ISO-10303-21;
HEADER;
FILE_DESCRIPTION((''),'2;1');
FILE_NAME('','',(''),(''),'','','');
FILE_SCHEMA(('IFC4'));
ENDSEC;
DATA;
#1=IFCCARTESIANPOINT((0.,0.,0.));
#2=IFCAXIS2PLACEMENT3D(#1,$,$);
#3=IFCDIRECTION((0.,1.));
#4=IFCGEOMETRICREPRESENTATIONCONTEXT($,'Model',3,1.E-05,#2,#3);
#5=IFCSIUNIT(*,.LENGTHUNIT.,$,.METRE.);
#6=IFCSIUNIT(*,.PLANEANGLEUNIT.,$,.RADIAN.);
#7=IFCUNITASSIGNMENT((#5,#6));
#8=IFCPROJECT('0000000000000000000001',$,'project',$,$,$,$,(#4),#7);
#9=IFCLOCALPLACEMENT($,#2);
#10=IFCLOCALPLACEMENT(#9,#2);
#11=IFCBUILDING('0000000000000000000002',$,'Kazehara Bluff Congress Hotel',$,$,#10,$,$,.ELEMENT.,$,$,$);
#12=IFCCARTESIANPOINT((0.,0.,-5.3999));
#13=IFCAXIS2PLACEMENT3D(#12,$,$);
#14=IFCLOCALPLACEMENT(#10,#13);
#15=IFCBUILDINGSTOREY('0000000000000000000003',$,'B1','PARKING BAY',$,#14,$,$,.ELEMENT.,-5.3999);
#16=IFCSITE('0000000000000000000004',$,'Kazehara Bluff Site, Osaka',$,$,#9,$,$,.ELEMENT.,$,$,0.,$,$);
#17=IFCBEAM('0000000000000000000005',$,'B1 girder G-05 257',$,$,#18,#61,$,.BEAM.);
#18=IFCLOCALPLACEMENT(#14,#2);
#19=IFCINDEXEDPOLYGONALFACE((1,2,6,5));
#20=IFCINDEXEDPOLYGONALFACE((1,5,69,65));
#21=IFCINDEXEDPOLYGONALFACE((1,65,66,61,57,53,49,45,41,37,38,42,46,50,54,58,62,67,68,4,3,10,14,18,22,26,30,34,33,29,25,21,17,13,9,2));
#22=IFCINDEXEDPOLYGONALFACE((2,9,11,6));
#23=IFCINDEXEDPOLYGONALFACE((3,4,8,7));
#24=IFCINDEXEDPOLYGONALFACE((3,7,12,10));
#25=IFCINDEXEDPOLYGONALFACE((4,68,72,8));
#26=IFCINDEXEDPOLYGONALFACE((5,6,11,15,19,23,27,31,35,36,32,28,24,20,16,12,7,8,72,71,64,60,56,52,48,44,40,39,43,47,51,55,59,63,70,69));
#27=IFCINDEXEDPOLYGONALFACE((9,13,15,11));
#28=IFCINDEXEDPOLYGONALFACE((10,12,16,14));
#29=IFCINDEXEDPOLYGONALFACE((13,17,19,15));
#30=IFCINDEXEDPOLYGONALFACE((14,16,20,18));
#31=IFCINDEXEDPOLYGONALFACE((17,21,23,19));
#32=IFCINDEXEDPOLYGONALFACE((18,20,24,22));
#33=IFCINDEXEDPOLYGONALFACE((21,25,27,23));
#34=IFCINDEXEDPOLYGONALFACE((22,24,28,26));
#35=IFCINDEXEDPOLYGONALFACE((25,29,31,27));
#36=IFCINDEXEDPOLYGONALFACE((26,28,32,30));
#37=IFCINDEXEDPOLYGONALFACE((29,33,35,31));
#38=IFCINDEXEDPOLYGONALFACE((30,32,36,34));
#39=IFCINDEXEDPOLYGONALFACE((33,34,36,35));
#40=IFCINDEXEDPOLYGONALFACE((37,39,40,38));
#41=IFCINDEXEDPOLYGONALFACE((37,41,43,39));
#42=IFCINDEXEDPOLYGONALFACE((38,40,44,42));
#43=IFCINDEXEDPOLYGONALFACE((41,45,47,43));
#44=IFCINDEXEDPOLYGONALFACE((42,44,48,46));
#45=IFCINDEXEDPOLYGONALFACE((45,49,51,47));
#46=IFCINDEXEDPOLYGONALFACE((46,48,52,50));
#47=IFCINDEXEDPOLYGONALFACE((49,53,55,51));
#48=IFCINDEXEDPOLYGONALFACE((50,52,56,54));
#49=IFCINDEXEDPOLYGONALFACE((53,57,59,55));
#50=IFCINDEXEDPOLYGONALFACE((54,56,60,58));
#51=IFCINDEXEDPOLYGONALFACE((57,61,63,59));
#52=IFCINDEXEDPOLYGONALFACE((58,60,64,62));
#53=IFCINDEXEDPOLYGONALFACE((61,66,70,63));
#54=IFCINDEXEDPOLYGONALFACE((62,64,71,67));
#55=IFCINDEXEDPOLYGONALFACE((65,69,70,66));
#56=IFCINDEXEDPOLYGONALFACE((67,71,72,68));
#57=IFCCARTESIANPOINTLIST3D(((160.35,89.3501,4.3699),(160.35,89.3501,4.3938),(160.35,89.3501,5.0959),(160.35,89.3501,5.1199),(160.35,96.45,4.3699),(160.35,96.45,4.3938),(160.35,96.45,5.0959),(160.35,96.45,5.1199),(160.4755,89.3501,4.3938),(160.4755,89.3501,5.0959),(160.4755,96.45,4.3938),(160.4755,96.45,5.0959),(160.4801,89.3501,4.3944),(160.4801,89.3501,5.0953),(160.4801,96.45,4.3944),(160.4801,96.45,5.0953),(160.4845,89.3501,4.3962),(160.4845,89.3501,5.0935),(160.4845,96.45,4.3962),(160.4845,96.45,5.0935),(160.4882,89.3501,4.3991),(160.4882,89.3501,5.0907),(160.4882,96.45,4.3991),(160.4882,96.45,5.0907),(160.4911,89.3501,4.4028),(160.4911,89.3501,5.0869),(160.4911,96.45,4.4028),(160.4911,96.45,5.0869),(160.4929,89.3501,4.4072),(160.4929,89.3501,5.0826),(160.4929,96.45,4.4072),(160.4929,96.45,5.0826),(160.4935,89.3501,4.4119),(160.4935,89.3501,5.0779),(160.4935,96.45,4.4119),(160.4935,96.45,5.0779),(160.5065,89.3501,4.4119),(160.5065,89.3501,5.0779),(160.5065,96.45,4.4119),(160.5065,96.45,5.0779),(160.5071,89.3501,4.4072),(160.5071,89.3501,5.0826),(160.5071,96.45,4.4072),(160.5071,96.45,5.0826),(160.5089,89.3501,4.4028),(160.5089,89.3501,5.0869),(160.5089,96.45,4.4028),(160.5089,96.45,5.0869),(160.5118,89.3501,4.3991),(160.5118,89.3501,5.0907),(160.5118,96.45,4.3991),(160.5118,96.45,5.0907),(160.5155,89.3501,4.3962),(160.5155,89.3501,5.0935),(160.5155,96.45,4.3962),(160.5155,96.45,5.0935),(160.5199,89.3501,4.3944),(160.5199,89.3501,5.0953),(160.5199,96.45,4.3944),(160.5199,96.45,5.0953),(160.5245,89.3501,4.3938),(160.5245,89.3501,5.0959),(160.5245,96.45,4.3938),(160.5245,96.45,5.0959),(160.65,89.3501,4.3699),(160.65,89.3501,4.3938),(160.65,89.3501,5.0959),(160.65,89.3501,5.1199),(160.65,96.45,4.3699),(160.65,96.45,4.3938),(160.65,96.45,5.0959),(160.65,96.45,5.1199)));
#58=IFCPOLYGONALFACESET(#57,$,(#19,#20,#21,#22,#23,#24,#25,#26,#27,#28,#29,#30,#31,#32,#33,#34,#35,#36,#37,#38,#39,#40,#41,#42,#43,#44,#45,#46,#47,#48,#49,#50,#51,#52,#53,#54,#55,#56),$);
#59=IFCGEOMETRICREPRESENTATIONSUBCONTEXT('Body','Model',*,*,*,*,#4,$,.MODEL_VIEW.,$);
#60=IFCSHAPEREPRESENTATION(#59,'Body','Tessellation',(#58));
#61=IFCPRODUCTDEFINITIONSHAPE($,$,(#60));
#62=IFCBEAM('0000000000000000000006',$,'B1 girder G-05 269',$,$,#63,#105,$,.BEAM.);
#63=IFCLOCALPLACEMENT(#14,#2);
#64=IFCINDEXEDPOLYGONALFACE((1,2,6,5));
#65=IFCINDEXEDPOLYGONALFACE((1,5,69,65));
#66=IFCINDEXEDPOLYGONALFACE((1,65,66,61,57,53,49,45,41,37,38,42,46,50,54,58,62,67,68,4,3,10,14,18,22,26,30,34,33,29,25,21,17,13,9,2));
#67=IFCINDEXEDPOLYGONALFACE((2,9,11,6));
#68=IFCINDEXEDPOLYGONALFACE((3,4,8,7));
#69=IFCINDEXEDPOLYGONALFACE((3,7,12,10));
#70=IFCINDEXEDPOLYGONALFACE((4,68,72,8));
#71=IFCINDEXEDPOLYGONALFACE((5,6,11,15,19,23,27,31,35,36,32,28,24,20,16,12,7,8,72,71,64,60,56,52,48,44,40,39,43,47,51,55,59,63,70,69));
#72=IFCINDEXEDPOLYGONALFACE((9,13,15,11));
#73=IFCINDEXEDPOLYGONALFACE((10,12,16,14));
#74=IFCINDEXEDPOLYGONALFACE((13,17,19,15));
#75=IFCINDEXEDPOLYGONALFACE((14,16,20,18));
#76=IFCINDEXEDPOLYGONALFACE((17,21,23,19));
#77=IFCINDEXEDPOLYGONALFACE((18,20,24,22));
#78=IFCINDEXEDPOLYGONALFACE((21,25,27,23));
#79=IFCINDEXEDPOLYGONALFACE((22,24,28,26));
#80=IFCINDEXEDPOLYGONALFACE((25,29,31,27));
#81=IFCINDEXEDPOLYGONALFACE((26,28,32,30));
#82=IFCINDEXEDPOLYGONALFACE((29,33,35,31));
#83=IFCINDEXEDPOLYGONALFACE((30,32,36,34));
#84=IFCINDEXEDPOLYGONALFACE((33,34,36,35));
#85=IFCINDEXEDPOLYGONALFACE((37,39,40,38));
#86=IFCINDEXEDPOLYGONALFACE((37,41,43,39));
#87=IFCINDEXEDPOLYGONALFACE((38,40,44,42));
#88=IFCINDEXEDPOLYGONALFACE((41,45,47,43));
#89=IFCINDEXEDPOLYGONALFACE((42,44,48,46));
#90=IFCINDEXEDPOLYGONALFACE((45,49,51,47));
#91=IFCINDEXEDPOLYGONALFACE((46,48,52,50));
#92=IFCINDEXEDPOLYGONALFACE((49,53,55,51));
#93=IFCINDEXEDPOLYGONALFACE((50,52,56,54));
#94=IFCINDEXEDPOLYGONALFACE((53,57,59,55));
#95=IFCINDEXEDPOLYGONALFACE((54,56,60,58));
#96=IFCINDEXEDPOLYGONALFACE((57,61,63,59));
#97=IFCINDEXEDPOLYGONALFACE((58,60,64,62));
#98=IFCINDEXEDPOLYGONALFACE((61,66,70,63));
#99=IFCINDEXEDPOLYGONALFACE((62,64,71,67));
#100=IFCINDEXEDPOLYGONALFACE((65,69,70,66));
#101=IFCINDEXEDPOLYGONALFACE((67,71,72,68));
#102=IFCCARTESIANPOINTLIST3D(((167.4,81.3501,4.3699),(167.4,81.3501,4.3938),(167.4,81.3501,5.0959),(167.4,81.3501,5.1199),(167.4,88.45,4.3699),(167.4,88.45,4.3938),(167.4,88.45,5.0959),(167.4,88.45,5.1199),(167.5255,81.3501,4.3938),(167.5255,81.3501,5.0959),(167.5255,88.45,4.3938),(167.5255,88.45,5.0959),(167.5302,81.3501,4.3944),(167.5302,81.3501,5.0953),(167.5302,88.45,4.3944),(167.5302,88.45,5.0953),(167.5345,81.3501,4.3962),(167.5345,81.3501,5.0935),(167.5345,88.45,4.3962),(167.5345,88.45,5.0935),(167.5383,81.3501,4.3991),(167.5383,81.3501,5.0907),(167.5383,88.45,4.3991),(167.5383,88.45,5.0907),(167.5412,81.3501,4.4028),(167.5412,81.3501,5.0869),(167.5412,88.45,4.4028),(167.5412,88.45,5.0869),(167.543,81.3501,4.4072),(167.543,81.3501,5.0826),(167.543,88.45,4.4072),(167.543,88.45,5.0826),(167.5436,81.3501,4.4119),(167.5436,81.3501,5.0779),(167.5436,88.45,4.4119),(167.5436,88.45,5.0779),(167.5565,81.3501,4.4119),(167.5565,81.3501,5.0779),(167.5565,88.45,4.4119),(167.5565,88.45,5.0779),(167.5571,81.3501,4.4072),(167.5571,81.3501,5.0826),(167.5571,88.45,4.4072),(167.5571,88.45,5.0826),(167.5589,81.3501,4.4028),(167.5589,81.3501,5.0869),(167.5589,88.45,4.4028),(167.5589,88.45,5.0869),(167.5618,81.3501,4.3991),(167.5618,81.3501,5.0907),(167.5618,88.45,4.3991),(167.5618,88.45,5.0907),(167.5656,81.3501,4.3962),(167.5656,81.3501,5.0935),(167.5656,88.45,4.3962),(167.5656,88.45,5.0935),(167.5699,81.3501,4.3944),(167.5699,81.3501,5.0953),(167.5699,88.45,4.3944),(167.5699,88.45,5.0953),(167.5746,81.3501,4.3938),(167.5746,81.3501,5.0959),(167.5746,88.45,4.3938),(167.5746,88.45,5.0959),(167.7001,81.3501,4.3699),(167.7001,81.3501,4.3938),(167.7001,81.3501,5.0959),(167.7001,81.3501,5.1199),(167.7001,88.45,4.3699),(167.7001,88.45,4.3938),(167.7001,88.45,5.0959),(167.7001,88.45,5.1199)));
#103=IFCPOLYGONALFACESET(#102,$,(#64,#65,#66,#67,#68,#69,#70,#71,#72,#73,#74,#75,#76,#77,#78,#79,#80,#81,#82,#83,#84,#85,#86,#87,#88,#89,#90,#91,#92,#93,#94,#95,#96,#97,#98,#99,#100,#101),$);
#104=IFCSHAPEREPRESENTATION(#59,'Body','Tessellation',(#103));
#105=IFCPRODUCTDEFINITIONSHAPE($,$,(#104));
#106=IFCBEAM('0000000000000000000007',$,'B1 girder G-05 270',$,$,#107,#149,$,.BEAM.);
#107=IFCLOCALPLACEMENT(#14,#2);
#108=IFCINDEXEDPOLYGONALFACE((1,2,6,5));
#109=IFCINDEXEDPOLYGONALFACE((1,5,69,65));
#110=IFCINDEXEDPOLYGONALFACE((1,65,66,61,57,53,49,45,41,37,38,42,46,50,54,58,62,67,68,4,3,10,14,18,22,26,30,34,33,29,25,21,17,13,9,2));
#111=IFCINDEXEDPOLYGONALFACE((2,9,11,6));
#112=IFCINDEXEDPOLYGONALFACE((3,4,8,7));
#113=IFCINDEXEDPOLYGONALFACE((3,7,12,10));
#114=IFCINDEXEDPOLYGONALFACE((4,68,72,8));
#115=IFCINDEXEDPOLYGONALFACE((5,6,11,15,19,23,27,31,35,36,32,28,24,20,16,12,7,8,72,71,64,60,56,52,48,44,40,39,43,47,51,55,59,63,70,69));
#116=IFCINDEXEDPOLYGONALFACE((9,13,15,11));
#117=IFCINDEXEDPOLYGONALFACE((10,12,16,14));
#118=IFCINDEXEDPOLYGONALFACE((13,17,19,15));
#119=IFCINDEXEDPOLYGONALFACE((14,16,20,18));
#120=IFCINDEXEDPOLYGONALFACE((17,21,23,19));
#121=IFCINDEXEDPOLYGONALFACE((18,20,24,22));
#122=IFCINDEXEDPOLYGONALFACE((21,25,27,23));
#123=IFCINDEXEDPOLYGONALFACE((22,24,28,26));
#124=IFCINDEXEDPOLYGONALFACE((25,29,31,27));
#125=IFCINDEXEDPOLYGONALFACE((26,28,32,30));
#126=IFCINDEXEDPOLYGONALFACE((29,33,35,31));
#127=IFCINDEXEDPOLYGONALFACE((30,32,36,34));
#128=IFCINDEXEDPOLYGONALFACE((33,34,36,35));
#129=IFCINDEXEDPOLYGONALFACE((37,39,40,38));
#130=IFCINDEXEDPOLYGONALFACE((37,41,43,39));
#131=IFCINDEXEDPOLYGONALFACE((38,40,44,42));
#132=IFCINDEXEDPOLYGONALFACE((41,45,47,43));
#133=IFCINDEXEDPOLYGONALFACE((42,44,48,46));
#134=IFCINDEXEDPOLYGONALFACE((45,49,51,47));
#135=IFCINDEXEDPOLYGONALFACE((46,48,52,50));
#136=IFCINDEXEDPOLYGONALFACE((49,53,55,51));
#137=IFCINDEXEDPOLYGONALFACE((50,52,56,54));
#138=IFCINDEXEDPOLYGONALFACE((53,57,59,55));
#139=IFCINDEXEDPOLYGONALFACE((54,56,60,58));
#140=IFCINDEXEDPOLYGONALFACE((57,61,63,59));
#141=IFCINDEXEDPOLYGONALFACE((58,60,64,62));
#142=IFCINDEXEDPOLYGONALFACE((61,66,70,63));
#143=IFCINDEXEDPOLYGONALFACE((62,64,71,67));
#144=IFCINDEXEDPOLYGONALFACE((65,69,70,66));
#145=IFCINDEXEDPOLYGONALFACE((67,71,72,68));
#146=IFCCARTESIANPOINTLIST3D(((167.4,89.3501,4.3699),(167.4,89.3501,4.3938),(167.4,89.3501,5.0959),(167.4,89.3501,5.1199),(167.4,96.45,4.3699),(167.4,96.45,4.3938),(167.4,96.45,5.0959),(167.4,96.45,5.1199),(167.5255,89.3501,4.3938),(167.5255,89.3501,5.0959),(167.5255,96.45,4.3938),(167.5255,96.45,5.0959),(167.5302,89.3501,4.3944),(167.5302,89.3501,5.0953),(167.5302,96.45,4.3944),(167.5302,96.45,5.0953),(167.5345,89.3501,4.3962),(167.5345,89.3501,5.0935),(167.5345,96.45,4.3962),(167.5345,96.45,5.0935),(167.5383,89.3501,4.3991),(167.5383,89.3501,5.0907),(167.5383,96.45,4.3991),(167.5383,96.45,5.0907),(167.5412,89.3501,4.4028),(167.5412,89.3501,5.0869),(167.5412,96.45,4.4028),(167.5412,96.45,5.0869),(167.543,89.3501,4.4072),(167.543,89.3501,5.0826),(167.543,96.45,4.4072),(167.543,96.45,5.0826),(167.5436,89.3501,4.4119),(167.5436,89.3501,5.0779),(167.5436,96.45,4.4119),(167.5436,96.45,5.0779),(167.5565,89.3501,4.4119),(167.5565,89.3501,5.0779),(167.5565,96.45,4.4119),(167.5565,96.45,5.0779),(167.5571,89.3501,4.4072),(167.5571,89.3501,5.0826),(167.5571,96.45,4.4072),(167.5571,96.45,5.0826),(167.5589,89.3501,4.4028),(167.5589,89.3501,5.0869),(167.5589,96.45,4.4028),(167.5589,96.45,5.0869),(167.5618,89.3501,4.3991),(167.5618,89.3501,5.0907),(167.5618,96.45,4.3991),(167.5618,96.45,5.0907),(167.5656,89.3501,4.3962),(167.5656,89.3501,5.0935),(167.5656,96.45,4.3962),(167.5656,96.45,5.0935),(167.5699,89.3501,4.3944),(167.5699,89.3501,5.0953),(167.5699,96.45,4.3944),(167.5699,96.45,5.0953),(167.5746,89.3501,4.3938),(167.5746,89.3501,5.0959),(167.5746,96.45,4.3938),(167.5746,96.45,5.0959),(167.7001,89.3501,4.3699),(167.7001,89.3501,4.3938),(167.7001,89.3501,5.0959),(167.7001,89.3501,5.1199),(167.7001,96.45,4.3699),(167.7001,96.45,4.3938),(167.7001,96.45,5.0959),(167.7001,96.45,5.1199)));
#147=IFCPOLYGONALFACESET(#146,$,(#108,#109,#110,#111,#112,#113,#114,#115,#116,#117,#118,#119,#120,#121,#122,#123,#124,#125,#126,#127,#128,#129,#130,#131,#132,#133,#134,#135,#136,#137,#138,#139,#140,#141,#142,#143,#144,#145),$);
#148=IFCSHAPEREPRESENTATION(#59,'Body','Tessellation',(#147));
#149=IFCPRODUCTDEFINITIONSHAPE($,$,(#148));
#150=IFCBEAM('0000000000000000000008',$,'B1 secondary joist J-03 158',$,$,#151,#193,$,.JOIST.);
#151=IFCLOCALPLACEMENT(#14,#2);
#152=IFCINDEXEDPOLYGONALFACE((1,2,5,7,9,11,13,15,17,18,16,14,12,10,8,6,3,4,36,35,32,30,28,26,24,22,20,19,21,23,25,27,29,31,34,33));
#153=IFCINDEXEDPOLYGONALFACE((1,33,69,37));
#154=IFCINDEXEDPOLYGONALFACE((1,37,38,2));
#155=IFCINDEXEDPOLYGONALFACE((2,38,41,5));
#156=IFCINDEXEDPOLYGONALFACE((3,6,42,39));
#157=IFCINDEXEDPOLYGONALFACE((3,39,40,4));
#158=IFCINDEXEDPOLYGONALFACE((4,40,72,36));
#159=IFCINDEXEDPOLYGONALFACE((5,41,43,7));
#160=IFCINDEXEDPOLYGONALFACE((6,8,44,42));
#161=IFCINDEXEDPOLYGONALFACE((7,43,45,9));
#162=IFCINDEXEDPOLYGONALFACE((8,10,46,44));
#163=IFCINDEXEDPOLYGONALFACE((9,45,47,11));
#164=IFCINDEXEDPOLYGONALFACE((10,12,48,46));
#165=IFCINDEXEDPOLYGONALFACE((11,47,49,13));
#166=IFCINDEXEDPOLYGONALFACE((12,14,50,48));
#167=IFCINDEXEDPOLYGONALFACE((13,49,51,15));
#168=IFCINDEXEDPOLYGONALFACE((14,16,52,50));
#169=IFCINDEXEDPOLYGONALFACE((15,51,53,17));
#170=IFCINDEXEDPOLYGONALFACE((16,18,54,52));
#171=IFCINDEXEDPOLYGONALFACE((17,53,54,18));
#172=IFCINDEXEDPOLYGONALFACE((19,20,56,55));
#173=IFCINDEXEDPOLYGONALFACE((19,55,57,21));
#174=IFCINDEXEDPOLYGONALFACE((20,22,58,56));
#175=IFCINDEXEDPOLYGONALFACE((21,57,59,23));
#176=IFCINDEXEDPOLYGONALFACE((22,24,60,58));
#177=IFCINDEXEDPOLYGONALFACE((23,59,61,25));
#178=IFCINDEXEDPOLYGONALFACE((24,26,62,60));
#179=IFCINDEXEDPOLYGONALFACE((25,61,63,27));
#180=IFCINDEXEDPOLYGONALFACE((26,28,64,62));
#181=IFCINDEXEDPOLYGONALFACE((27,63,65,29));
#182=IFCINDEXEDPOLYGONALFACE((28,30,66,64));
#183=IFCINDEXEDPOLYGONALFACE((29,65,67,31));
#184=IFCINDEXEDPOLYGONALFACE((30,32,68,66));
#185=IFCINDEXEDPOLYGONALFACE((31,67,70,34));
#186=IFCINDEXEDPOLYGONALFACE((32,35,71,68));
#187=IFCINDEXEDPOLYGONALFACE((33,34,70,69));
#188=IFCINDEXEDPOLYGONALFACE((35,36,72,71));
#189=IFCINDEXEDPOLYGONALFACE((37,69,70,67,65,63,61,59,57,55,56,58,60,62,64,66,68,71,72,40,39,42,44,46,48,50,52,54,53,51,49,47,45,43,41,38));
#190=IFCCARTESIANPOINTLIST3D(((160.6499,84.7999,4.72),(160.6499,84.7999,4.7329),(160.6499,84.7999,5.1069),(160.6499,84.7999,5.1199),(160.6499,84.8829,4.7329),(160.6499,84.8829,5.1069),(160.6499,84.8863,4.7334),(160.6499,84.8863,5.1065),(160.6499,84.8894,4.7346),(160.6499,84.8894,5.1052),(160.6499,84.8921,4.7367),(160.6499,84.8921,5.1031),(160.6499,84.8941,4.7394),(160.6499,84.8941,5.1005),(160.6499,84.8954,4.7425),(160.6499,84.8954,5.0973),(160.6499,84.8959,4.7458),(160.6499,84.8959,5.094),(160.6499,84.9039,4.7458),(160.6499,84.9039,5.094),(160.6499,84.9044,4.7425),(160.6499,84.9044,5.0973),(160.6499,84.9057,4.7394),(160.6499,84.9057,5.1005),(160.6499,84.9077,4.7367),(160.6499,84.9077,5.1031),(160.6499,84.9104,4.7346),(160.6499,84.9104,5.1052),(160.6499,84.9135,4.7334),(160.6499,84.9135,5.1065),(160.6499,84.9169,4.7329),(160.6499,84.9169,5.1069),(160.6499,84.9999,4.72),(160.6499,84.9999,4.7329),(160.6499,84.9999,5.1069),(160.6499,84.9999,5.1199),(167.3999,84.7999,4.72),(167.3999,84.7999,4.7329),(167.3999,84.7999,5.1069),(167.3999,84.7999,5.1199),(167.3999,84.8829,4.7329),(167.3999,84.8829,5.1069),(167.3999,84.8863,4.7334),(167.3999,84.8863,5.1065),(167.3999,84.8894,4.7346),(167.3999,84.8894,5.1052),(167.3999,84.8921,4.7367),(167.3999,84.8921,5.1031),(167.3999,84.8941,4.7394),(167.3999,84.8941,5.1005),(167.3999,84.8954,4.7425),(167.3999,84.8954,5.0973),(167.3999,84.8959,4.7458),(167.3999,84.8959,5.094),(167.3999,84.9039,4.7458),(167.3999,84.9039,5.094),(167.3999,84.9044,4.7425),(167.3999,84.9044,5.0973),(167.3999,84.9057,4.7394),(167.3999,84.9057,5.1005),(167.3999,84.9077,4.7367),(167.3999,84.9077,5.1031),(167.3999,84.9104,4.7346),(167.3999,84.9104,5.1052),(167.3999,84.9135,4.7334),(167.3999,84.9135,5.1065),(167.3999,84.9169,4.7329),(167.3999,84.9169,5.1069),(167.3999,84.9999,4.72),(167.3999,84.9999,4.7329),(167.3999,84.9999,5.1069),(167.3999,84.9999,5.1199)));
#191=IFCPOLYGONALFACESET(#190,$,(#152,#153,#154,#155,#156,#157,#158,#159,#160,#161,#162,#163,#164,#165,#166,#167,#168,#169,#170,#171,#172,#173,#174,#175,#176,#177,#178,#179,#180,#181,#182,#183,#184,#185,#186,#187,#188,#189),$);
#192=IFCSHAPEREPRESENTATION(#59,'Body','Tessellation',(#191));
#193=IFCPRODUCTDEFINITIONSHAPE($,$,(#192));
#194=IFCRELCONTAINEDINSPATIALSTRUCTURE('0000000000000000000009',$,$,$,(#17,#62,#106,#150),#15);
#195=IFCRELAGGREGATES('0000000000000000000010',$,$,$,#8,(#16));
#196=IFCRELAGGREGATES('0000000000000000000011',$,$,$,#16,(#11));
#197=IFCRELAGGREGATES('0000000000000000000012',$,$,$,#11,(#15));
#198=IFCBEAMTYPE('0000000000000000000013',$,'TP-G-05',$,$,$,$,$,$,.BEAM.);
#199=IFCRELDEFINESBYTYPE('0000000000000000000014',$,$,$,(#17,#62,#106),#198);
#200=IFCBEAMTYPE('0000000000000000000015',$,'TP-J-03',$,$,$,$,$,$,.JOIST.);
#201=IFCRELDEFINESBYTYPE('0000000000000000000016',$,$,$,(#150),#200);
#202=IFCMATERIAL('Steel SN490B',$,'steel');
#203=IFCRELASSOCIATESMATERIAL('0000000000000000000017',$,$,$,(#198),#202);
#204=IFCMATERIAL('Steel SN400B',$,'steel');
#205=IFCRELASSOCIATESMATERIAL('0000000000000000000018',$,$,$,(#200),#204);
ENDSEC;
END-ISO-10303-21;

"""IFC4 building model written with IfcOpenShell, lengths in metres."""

from ifc_helpers import new_model, si_unit, direction, frame, origin, origin_2d, place, context, subcontext, project, spatial, i_section, extrude, material, material_profile, profile_set, type_object, element, save


model = new_model("IFC4")

# Units and contexts
model_context = context("Model", 3, precision=1e-05, world=origin(), true_north=direction((0.0, 1.0)))
body_context = subcontext(model_context, "Body", "Model", "MODEL_VIEW")
ifc_project = project(units=[si_unit("LENGTHUNIT", "METRE"), si_unit("PLANEANGLEUNIT", "RADIAN")], contexts=[model_context])

# Site, building, storey
site_placement = place(None, origin())
site = spatial("IfcSite", under=ifc_project, at=site_placement, Name="Kazehara Bluff Site, Osaka", CompositionType="ELEMENT", RefElevation=0.0)
building_placement = place(site_placement, origin())
building = spatial("IfcBuilding", under=site, at=building_placement, Name="Kazehara Bluff Congress Hotel", CompositionType="ELEMENT")
storey_placement = place(building_placement, frame((0.0, 0.0, -5.3999)))
storey = spatial("IfcBuildingStorey", under=building, at=storey_placement, Name="B1", Description="PARKING BAY", CompositionType="ELEMENT", Elevation=-5.3999)

# Beams
ifc_material_1 = material(Name="Steel SN490B", Category="steel")
ifc_material_profile_1 = material_profile(ifc_material_1, i_section(OverallWidth=0.3, OverallDepth=0.75, WebThickness=0.0129, FlangeThickness=0.0239, FilletRadius=0.0181, at=origin_2d()))
ifc_profile_set_1 = profile_set([ifc_material_profile_1], Name="Steel SN490B")
beam_type_1 = type_object("IfcBeamType", Name="TP-G-05", PredefinedType="BEAM", material=ifc_profile_set_1)
for number, where, z_axis, x_axis, name in (
    (1, (160.5, 89.3501, 4.7449), (0.0, 1.0, 0.0), (-1.0, 0.0, 0.0), "B1 girder G-05 257"),
    (2, (167.55, 81.3501, 4.7449), (0.0, 1.0, 0.0), (-1.0, 0.0, 0.0), "B1 girder G-05 269"),
    (3, (167.55, 89.3501, 4.7449), (0.0, 1.0, 0.0), (-1.0, 0.0, 0.0), "B1 girder G-05 270"),
):
    element("IfcBeam", number, at=place(storey_placement, frame(where, z_axis=z_axis, x_axis=x_axis)), inside=storey, type_object=beam_type_1, Name=name, PredefinedType="BEAM", context=body_context, shape_type="SweptSolid", body=[
        extrude(i_section(OverallWidth=0.3, OverallDepth=0.75, WebThickness=0.0129, FlangeThickness=0.0239, FilletRadius=0.0181, at=origin_2d()), origin(), (0.0, 0.0, 1.0), 7.0999),
    ])
ifc_material_2 = material(Name="Steel SN400B", Category="steel")
ifc_material_profile_2 = material_profile(ifc_material_2, i_section(OverallWidth=0.2, OverallDepth=0.3999, WebThickness=0.0081, FlangeThickness=0.0129, FilletRadius=0.0129, at=origin_2d()))
ifc_profile_set_2 = profile_set([ifc_material_profile_2], Name="Steel SN400B")
beam_type_2 = type_object("IfcBeamType", Name="TP-J-03", PredefinedType="JOIST", material=ifc_profile_set_2)
beam_1_placement = place(storey_placement, frame((160.6499, 84.8999, 4.9199), z_axis=(1.0, 0.0, 0.0), x_axis=(0.0, 1.0, 0.0)))
element("IfcBeam", 4, at=beam_1_placement, inside=storey, type_object=beam_type_2, Name="B1 secondary joist J-03 158", PredefinedType="JOIST", context=body_context, shape_type="SweptSolid", body=[
    extrude(i_section(OverallWidth=0.2, OverallDepth=0.3999, WebThickness=0.0081, FlangeThickness=0.0129, FilletRadius=0.0129, at=origin_2d()), origin(), (0.0, 0.0, 1.0), 6.75),
])

save(model, "model.ifc")
